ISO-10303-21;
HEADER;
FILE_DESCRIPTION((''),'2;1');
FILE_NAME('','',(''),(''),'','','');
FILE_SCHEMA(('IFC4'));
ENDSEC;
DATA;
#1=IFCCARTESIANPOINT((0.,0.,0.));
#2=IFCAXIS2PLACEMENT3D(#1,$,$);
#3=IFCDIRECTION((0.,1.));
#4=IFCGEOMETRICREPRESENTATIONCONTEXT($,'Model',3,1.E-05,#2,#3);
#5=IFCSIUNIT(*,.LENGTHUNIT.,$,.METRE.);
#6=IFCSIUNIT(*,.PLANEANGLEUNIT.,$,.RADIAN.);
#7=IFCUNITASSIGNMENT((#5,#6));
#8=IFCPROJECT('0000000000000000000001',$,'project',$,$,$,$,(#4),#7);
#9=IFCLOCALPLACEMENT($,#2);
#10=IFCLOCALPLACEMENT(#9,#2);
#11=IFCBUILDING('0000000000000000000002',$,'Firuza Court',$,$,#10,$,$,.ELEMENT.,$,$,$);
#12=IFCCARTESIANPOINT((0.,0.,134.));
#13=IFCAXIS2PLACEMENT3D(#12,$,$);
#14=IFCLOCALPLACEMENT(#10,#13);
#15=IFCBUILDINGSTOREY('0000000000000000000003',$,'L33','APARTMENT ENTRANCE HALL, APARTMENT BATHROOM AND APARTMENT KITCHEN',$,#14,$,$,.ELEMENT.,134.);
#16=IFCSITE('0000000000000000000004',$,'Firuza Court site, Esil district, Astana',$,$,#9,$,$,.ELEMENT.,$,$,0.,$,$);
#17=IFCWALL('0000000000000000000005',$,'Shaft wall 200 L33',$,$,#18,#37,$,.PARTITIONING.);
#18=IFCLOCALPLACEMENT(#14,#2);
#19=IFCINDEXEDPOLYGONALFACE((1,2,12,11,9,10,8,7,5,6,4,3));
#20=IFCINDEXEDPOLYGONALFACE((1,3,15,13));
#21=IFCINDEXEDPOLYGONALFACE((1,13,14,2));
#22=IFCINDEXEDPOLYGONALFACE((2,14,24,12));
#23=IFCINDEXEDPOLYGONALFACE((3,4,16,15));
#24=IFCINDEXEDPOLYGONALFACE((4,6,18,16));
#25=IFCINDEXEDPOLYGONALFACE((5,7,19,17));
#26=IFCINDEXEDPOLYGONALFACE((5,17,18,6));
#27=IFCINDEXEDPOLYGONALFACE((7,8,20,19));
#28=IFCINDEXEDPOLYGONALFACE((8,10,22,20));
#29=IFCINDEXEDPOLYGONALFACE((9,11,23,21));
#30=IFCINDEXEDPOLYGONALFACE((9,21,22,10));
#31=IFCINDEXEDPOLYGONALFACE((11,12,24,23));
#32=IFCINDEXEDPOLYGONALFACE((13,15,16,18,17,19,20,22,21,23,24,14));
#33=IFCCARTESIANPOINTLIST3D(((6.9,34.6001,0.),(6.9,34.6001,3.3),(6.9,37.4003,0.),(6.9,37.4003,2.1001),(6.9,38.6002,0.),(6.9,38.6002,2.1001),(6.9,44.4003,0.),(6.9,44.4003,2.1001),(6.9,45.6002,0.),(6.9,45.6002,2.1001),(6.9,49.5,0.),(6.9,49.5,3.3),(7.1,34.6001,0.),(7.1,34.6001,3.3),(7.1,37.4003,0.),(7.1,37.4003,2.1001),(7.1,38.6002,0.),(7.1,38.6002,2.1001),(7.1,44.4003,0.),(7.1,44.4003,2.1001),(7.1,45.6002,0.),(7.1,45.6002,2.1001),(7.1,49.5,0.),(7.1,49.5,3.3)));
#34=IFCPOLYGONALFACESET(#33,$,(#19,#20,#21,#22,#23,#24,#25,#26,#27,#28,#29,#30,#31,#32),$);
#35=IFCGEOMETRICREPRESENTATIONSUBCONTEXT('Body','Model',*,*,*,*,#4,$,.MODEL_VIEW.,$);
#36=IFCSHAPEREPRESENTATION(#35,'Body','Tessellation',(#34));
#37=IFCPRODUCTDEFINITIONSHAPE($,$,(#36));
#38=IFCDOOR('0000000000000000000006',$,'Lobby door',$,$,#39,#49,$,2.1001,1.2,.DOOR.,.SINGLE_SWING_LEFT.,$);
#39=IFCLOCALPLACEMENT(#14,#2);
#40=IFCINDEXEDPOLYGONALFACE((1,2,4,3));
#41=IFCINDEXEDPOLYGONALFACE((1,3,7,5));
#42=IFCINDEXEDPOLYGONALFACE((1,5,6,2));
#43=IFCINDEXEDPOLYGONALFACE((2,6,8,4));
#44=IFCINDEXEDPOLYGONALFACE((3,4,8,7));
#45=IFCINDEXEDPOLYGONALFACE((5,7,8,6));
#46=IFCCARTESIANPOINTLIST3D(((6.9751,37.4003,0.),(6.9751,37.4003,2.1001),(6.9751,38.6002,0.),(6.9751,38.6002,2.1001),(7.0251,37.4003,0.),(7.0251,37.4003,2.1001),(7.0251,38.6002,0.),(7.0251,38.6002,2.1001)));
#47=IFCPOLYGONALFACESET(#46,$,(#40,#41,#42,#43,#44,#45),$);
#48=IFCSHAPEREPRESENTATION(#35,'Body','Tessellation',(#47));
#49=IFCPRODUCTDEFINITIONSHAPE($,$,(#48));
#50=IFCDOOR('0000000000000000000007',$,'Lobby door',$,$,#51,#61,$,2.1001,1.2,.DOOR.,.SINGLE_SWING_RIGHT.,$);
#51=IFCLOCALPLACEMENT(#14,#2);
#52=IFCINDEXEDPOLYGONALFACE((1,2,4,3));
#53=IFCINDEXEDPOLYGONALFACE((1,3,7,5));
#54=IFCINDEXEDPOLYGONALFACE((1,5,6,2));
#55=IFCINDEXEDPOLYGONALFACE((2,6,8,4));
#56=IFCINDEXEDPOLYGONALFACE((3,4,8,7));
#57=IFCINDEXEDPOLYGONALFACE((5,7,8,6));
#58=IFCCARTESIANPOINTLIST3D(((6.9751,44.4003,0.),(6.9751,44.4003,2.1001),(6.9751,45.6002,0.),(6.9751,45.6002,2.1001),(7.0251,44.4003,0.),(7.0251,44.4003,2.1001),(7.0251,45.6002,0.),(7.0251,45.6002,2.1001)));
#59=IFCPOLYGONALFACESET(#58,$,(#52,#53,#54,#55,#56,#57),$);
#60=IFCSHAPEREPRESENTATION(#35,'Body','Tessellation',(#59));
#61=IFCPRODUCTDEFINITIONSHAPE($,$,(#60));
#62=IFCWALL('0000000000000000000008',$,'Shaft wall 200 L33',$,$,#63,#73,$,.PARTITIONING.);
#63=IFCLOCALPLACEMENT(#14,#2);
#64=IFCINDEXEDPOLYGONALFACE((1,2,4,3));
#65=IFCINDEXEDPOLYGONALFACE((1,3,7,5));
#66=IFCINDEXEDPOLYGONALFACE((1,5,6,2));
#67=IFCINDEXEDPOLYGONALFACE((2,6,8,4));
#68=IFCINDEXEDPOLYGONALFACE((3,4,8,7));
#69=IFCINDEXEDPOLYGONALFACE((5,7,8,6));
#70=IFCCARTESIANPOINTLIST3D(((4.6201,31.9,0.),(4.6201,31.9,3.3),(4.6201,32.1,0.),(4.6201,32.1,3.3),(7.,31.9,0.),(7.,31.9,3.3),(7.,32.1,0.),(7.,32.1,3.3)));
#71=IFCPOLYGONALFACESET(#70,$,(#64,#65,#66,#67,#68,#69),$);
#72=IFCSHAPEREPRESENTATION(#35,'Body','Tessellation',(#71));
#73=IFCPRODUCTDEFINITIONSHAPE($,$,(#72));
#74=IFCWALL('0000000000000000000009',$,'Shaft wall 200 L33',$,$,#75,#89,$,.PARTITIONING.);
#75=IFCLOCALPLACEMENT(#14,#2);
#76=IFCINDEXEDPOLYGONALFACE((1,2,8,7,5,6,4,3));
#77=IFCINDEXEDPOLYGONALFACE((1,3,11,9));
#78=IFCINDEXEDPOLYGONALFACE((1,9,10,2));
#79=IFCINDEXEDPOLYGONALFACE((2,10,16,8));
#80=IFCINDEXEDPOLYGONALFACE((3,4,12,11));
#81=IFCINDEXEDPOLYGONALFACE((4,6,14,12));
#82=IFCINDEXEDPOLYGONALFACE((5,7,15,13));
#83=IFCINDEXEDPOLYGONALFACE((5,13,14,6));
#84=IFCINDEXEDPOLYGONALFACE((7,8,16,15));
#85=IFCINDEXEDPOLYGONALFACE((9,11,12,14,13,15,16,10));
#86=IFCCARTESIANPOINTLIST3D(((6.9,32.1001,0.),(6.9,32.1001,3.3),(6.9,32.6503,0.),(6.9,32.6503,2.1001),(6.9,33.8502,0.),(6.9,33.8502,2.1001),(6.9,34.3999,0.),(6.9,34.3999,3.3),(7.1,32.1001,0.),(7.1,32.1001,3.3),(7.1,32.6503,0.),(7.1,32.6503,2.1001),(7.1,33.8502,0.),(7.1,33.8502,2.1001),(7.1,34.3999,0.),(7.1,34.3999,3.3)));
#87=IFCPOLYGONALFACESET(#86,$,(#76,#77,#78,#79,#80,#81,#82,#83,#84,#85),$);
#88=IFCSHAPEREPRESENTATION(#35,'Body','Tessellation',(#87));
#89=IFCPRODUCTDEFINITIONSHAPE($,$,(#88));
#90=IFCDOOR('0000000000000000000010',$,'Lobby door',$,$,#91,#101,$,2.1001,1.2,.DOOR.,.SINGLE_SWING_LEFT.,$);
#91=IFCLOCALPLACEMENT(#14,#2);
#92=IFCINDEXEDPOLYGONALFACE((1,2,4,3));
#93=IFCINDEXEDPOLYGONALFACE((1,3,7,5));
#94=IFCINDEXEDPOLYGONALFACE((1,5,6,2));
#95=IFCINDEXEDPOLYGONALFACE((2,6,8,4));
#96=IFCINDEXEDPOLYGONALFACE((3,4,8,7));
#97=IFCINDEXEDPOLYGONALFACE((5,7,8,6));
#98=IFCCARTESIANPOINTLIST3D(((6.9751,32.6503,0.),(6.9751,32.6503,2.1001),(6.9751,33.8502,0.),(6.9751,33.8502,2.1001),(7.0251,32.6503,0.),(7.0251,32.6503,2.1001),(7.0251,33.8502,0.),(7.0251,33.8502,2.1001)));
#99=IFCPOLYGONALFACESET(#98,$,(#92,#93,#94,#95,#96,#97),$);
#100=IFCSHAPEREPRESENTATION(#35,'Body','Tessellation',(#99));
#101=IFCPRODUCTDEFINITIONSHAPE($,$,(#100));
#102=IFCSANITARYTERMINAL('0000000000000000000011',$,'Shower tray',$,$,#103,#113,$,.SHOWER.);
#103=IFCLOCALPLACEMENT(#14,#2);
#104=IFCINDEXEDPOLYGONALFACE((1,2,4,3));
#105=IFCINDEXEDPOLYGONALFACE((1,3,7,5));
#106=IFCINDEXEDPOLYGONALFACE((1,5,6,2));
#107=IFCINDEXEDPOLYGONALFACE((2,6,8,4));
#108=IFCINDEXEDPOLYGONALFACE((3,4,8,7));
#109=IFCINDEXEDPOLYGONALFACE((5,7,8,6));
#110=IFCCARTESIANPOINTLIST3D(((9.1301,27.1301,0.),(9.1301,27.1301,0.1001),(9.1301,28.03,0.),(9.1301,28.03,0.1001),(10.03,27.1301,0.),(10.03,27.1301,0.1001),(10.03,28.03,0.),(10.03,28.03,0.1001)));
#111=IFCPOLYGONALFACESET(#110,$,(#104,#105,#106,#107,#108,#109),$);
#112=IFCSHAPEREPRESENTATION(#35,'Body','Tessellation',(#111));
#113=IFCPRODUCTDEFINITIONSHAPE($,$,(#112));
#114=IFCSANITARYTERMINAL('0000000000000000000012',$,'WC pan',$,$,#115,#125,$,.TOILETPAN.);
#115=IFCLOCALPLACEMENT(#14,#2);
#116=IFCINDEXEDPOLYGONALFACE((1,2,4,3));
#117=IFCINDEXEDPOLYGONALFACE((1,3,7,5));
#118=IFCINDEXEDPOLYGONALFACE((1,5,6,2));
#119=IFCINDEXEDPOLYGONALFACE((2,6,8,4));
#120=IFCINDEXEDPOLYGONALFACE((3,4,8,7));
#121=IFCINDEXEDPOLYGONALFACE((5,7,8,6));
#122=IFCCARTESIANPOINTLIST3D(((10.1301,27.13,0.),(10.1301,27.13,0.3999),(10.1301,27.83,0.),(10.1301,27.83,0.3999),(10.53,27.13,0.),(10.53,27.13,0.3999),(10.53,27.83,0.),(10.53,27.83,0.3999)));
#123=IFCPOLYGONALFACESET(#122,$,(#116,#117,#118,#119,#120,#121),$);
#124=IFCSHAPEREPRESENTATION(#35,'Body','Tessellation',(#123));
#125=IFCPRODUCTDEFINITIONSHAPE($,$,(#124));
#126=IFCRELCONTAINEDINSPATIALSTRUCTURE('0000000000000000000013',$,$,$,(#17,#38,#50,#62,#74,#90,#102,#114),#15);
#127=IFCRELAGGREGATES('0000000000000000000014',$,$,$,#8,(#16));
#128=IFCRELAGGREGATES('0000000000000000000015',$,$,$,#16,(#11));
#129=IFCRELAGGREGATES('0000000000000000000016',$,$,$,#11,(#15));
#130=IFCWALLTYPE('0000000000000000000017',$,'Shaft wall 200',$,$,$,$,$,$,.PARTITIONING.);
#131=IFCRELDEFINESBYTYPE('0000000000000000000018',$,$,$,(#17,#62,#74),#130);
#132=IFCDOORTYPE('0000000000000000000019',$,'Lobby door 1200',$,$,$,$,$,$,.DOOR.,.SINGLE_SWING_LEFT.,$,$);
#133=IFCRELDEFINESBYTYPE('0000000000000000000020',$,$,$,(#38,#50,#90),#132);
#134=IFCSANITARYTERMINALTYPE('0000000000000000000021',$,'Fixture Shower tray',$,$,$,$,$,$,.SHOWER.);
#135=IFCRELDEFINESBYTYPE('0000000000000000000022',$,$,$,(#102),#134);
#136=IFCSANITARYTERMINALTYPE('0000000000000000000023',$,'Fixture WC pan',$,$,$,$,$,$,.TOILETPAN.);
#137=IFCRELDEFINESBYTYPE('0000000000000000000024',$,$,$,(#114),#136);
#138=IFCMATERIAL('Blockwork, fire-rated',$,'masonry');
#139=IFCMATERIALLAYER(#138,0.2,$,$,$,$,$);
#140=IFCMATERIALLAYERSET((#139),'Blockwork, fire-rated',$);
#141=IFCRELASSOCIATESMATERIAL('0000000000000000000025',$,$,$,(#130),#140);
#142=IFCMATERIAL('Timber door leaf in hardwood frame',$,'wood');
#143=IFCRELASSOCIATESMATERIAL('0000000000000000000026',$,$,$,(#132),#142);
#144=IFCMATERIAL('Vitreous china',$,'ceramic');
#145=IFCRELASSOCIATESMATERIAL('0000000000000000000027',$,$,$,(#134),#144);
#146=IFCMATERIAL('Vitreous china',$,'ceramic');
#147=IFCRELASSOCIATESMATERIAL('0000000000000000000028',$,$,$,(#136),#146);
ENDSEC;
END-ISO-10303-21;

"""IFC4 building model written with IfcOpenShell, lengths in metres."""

from ifc_helpers import new_model, si_unit, direction, frame, frame_2d, origin, origin_2d, place, context, subcontext, project, spatial, rectangle, extrude, material, layer, layer_set, type_object, element, fill, save


model = new_model("IFC4")

# Units and contexts
model_context = context("Model", 3, precision=1e-05, world=origin(), true_north=direction((0.0, 1.0)))
body_context = subcontext(model_context, "Body", "Model", "MODEL_VIEW")
ifc_project = project(units=[si_unit("LENGTHUNIT", "METRE"), si_unit("PLANEANGLEUNIT", "RADIAN")], contexts=[model_context])

# Site, building, storey
site_placement = place(None, origin())
site = spatial("IfcSite", under=ifc_project, at=site_placement, Name="Firuza Court site, Esil district, Astana", CompositionType="ELEMENT", RefElevation=0.0)
building_placement = place(site_placement, origin())
building = spatial("IfcBuilding", under=site, at=building_placement, Name="Firuza Court", CompositionType="ELEMENT")
storey_placement = place(building_placement, frame((0.0, 0.0, 134.0)))
storey = spatial("IfcBuildingStorey", under=building, at=storey_placement, Name="L33", Description="APARTMENT ENTRANCE HALL, APARTMENT BATHROOM AND APARTMENT KITCHEN", CompositionType="ELEMENT", Elevation=134.0)

# Shared definitions
ifc_material_1 = material(Name="Blockwork, fire-rated", Category="masonry")
ifc_layer_1 = layer(ifc_material_1, 0.2)
ifc_layer_set_1 = layer_set([ifc_layer_1], Name="Blockwork, fire-rated")
wall_type_1 = type_object("IfcWallType", Name="Shaft wall 200", PredefinedType="PARTITIONING", material=ifc_layer_set_1)

# Wall, openings, doors
wall_1_placement = place(storey_placement, frame((7.0, 34.6001, 0.0), z_axis=(0.0, 0.0, 1.0), x_axis=(0.0, 1.0, 0.0)))
wall_1 = element("IfcWall", 1, at=wall_1_placement, inside=storey, type_object=wall_type_1, Name="Shaft wall 200 L33", PredefinedType="PARTITIONING", context=body_context, shape_type="SweptSolid", body=[
    extrude(rectangle(XDim=14.8999, YDim=0.2, at=frame_2d((7.45, 0.0))), origin(), (0.0, 0.0, 1.0), 3.3),
])
opening_1_placement = place(wall_1_placement, frame((2.8, 0.0, 0.0)))
opening_1 = element("IfcOpeningElement", 2, at=opening_1_placement, cuts=wall_1, PredefinedType="OPENING", context=body_context, shape_type="SweptSolid", body=[
    extrude(rectangle(XDim=1.2, YDim=2.1001, at=frame_2d((0.6001, 1.05))), frame((0.0, 0.1118, 0.0), z_axis=(0.0, -1.0, 0.0), x_axis=(1.0, 0.0, 0.0)), (0.0, 0.0, 1.0), 0.2239),
])
opening_2_placement = place(wall_1_placement, frame((9.8, 0.0, 0.0)))
opening_2 = element("IfcOpeningElement", 3, at=opening_2_placement, cuts=wall_1, PredefinedType="OPENING", context=body_context, shape_type="SweptSolid", body=[
    extrude(rectangle(XDim=1.2, YDim=2.1001, at=frame_2d((0.6001, 1.05))), frame((0.0, 0.1118, 0.0), z_axis=(0.0, -1.0, 0.0), x_axis=(1.0, 0.0, 0.0)), (0.0, 0.0, 1.0), 0.2239),
])
ifc_material_2 = material(Name="Timber door leaf in hardwood frame", Category="wood")
door_type_1 = type_object("IfcDoorType", Name="Lobby door 1200", OperationType="SINGLE_SWING_LEFT", PredefinedType="DOOR", material=ifc_material_2)
door_1_placement = place(opening_1_placement, origin())
door_1 = element("IfcDoor", 4, at=door_1_placement, inside=storey, type_object=door_type_1, Name="Lobby door", OperationType="SINGLE_SWING_LEFT", OverallHeight=2.1001, OverallWidth=1.2, PredefinedType="DOOR", context=body_context, shape_type="SweptSolid", body=[
    extrude(rectangle(XDim=1.2, YDim=2.1001, at=frame_2d((0.6001, 1.05))), frame((0.0, 0.0249, 0.0), z_axis=(0.0, -1.0, 0.0), x_axis=(1.0, 0.0, 0.0)), (0.0, 0.0, 1.0), 0.05),
])
fill(opening_1, door_1)
door_2_placement = place(opening_2_placement, origin())
door_2 = element("IfcDoor", 5, at=door_2_placement, inside=storey, type_object=door_type_1, Name="Lobby door", OperationType="SINGLE_SWING_RIGHT", OverallHeight=2.1001, OverallWidth=1.2, PredefinedType="DOOR", context=body_context, shape_type="SweptSolid", body=[
    extrude(rectangle(XDim=1.2, YDim=2.1001, at=frame_2d((0.6001, 1.05))), frame((0.0, 0.0249, 0.0), z_axis=(0.0, -1.0, 0.0), x_axis=(1.0, 0.0, 0.0)), (0.0, 0.0, 1.0), 0.05),
])
fill(opening_2, door_2)

# Wall
wall_2_placement = place(storey_placement, frame((4.6201, 32.0, 0.0), z_axis=(0.0, 0.0, 1.0), x_axis=(1.0, 0.0, 0.0)))
element("IfcWall", 6, at=wall_2_placement, inside=storey, type_object=wall_type_1, Name="Shaft wall 200 L33", PredefinedType="PARTITIONING", context=body_context, shape_type="SweptSolid", body=[
    extrude(rectangle(XDim=2.3799, YDim=0.2, at=frame_2d((1.1899, 0.0))), origin(), (0.0, 0.0, 1.0), 3.3),
])

# Wall, opening, door
wall_3_placement = place(storey_placement, frame((7.0, 32.1001, 0.0), z_axis=(0.0, 0.0, 1.0), x_axis=(0.0, 1.0, 0.0)))
wall_3 = element("IfcWall", 7, at=wall_3_placement, inside=storey, type_object=wall_type_1, Name="Shaft wall 200 L33", PredefinedType="PARTITIONING", context=body_context, shape_type="SweptSolid", body=[
    extrude(rectangle(XDim=2.2998, YDim=0.2, at=frame_2d((1.1499, 0.0))), origin(), (0.0, 0.0, 1.0), 3.3),
])
opening_3_placement = place(wall_3_placement, frame((0.55, 0.0, 0.0)))
opening_3 = element("IfcOpeningElement", 8, at=opening_3_placement, cuts=wall_3, PredefinedType="OPENING", context=body_context, shape_type="SweptSolid", body=[
    extrude(rectangle(XDim=1.2, YDim=2.1001, at=frame_2d((0.6001, 1.05))), frame((0.0, 0.1118, 0.0), z_axis=(0.0, -1.0, 0.0), x_axis=(1.0, 0.0, 0.0)), (0.0, 0.0, 1.0), 0.2239),
])
door_3_placement = place(opening_3_placement, origin())
door_3 = element("IfcDoor", 9, at=door_3_placement, inside=storey, type_object=door_type_1, Name="Lobby door", OperationType="SINGLE_SWING_LEFT", OverallHeight=2.1001, OverallWidth=1.2, PredefinedType="DOOR", context=body_context, shape_type="SweptSolid", body=[
    extrude(rectangle(XDim=1.2, YDim=2.1001, at=frame_2d((0.6001, 1.05))), frame((0.0, 0.0249, 0.0), z_axis=(0.0, -1.0, 0.0), x_axis=(1.0, 0.0, 0.0)), (0.0, 0.0, 1.0), 0.05),
])
fill(opening_3, door_3)

# Sanitary terminals
ifc_material_3 = material(Name="Vitreous china", Category="ceramic")
sanitary_terminal_type_1 = type_object("IfcSanitaryTerminalType", Name="Fixture Shower tray", PredefinedType="SHOWER", material=ifc_material_3)
sanitary_terminal_1_placement = place(storey_placement, frame((9.5801, 27.5801, 0.0), z_axis=(0.0, 0.0, 1.0), x_axis=(1.0, 0.0, 0.0)))
element("IfcSanitaryTerminal", 10, at=sanitary_terminal_1_placement, inside=storey, type_object=sanitary_terminal_type_1, Name="Shower tray", PredefinedType="SHOWER", context=body_context, shape_type="SweptSolid", body=[
    extrude(rectangle(XDim=0.8999, YDim=0.8999, at=origin_2d()), origin(), (0.0, 0.0, 1.0), 0.1001),
])
ifc_material_4 = material(Name="Vitreous china", Category="ceramic")
sanitary_terminal_type_2 = type_object("IfcSanitaryTerminalType", Name="Fixture WC pan", PredefinedType="TOILETPAN", material=ifc_material_4)
sanitary_terminal_2_placement = place(storey_placement, frame((10.3301, 27.48, 0.0), z_axis=(0.0, 0.0, 1.0), x_axis=(1.0, 0.0, 0.0)))
element("IfcSanitaryTerminal", 11, at=sanitary_terminal_2_placement, inside=storey, type_object=sanitary_terminal_type_2, Name="WC pan", PredefinedType="TOILETPAN", context=body_context, shape_type="SweptSolid", body=[
    extrude(rectangle(XDim=0.3999, YDim=0.7, at=origin_2d()), origin(), (0.0, 0.0, 1.0), 0.3999),
])

save(model, "model.ifc")
